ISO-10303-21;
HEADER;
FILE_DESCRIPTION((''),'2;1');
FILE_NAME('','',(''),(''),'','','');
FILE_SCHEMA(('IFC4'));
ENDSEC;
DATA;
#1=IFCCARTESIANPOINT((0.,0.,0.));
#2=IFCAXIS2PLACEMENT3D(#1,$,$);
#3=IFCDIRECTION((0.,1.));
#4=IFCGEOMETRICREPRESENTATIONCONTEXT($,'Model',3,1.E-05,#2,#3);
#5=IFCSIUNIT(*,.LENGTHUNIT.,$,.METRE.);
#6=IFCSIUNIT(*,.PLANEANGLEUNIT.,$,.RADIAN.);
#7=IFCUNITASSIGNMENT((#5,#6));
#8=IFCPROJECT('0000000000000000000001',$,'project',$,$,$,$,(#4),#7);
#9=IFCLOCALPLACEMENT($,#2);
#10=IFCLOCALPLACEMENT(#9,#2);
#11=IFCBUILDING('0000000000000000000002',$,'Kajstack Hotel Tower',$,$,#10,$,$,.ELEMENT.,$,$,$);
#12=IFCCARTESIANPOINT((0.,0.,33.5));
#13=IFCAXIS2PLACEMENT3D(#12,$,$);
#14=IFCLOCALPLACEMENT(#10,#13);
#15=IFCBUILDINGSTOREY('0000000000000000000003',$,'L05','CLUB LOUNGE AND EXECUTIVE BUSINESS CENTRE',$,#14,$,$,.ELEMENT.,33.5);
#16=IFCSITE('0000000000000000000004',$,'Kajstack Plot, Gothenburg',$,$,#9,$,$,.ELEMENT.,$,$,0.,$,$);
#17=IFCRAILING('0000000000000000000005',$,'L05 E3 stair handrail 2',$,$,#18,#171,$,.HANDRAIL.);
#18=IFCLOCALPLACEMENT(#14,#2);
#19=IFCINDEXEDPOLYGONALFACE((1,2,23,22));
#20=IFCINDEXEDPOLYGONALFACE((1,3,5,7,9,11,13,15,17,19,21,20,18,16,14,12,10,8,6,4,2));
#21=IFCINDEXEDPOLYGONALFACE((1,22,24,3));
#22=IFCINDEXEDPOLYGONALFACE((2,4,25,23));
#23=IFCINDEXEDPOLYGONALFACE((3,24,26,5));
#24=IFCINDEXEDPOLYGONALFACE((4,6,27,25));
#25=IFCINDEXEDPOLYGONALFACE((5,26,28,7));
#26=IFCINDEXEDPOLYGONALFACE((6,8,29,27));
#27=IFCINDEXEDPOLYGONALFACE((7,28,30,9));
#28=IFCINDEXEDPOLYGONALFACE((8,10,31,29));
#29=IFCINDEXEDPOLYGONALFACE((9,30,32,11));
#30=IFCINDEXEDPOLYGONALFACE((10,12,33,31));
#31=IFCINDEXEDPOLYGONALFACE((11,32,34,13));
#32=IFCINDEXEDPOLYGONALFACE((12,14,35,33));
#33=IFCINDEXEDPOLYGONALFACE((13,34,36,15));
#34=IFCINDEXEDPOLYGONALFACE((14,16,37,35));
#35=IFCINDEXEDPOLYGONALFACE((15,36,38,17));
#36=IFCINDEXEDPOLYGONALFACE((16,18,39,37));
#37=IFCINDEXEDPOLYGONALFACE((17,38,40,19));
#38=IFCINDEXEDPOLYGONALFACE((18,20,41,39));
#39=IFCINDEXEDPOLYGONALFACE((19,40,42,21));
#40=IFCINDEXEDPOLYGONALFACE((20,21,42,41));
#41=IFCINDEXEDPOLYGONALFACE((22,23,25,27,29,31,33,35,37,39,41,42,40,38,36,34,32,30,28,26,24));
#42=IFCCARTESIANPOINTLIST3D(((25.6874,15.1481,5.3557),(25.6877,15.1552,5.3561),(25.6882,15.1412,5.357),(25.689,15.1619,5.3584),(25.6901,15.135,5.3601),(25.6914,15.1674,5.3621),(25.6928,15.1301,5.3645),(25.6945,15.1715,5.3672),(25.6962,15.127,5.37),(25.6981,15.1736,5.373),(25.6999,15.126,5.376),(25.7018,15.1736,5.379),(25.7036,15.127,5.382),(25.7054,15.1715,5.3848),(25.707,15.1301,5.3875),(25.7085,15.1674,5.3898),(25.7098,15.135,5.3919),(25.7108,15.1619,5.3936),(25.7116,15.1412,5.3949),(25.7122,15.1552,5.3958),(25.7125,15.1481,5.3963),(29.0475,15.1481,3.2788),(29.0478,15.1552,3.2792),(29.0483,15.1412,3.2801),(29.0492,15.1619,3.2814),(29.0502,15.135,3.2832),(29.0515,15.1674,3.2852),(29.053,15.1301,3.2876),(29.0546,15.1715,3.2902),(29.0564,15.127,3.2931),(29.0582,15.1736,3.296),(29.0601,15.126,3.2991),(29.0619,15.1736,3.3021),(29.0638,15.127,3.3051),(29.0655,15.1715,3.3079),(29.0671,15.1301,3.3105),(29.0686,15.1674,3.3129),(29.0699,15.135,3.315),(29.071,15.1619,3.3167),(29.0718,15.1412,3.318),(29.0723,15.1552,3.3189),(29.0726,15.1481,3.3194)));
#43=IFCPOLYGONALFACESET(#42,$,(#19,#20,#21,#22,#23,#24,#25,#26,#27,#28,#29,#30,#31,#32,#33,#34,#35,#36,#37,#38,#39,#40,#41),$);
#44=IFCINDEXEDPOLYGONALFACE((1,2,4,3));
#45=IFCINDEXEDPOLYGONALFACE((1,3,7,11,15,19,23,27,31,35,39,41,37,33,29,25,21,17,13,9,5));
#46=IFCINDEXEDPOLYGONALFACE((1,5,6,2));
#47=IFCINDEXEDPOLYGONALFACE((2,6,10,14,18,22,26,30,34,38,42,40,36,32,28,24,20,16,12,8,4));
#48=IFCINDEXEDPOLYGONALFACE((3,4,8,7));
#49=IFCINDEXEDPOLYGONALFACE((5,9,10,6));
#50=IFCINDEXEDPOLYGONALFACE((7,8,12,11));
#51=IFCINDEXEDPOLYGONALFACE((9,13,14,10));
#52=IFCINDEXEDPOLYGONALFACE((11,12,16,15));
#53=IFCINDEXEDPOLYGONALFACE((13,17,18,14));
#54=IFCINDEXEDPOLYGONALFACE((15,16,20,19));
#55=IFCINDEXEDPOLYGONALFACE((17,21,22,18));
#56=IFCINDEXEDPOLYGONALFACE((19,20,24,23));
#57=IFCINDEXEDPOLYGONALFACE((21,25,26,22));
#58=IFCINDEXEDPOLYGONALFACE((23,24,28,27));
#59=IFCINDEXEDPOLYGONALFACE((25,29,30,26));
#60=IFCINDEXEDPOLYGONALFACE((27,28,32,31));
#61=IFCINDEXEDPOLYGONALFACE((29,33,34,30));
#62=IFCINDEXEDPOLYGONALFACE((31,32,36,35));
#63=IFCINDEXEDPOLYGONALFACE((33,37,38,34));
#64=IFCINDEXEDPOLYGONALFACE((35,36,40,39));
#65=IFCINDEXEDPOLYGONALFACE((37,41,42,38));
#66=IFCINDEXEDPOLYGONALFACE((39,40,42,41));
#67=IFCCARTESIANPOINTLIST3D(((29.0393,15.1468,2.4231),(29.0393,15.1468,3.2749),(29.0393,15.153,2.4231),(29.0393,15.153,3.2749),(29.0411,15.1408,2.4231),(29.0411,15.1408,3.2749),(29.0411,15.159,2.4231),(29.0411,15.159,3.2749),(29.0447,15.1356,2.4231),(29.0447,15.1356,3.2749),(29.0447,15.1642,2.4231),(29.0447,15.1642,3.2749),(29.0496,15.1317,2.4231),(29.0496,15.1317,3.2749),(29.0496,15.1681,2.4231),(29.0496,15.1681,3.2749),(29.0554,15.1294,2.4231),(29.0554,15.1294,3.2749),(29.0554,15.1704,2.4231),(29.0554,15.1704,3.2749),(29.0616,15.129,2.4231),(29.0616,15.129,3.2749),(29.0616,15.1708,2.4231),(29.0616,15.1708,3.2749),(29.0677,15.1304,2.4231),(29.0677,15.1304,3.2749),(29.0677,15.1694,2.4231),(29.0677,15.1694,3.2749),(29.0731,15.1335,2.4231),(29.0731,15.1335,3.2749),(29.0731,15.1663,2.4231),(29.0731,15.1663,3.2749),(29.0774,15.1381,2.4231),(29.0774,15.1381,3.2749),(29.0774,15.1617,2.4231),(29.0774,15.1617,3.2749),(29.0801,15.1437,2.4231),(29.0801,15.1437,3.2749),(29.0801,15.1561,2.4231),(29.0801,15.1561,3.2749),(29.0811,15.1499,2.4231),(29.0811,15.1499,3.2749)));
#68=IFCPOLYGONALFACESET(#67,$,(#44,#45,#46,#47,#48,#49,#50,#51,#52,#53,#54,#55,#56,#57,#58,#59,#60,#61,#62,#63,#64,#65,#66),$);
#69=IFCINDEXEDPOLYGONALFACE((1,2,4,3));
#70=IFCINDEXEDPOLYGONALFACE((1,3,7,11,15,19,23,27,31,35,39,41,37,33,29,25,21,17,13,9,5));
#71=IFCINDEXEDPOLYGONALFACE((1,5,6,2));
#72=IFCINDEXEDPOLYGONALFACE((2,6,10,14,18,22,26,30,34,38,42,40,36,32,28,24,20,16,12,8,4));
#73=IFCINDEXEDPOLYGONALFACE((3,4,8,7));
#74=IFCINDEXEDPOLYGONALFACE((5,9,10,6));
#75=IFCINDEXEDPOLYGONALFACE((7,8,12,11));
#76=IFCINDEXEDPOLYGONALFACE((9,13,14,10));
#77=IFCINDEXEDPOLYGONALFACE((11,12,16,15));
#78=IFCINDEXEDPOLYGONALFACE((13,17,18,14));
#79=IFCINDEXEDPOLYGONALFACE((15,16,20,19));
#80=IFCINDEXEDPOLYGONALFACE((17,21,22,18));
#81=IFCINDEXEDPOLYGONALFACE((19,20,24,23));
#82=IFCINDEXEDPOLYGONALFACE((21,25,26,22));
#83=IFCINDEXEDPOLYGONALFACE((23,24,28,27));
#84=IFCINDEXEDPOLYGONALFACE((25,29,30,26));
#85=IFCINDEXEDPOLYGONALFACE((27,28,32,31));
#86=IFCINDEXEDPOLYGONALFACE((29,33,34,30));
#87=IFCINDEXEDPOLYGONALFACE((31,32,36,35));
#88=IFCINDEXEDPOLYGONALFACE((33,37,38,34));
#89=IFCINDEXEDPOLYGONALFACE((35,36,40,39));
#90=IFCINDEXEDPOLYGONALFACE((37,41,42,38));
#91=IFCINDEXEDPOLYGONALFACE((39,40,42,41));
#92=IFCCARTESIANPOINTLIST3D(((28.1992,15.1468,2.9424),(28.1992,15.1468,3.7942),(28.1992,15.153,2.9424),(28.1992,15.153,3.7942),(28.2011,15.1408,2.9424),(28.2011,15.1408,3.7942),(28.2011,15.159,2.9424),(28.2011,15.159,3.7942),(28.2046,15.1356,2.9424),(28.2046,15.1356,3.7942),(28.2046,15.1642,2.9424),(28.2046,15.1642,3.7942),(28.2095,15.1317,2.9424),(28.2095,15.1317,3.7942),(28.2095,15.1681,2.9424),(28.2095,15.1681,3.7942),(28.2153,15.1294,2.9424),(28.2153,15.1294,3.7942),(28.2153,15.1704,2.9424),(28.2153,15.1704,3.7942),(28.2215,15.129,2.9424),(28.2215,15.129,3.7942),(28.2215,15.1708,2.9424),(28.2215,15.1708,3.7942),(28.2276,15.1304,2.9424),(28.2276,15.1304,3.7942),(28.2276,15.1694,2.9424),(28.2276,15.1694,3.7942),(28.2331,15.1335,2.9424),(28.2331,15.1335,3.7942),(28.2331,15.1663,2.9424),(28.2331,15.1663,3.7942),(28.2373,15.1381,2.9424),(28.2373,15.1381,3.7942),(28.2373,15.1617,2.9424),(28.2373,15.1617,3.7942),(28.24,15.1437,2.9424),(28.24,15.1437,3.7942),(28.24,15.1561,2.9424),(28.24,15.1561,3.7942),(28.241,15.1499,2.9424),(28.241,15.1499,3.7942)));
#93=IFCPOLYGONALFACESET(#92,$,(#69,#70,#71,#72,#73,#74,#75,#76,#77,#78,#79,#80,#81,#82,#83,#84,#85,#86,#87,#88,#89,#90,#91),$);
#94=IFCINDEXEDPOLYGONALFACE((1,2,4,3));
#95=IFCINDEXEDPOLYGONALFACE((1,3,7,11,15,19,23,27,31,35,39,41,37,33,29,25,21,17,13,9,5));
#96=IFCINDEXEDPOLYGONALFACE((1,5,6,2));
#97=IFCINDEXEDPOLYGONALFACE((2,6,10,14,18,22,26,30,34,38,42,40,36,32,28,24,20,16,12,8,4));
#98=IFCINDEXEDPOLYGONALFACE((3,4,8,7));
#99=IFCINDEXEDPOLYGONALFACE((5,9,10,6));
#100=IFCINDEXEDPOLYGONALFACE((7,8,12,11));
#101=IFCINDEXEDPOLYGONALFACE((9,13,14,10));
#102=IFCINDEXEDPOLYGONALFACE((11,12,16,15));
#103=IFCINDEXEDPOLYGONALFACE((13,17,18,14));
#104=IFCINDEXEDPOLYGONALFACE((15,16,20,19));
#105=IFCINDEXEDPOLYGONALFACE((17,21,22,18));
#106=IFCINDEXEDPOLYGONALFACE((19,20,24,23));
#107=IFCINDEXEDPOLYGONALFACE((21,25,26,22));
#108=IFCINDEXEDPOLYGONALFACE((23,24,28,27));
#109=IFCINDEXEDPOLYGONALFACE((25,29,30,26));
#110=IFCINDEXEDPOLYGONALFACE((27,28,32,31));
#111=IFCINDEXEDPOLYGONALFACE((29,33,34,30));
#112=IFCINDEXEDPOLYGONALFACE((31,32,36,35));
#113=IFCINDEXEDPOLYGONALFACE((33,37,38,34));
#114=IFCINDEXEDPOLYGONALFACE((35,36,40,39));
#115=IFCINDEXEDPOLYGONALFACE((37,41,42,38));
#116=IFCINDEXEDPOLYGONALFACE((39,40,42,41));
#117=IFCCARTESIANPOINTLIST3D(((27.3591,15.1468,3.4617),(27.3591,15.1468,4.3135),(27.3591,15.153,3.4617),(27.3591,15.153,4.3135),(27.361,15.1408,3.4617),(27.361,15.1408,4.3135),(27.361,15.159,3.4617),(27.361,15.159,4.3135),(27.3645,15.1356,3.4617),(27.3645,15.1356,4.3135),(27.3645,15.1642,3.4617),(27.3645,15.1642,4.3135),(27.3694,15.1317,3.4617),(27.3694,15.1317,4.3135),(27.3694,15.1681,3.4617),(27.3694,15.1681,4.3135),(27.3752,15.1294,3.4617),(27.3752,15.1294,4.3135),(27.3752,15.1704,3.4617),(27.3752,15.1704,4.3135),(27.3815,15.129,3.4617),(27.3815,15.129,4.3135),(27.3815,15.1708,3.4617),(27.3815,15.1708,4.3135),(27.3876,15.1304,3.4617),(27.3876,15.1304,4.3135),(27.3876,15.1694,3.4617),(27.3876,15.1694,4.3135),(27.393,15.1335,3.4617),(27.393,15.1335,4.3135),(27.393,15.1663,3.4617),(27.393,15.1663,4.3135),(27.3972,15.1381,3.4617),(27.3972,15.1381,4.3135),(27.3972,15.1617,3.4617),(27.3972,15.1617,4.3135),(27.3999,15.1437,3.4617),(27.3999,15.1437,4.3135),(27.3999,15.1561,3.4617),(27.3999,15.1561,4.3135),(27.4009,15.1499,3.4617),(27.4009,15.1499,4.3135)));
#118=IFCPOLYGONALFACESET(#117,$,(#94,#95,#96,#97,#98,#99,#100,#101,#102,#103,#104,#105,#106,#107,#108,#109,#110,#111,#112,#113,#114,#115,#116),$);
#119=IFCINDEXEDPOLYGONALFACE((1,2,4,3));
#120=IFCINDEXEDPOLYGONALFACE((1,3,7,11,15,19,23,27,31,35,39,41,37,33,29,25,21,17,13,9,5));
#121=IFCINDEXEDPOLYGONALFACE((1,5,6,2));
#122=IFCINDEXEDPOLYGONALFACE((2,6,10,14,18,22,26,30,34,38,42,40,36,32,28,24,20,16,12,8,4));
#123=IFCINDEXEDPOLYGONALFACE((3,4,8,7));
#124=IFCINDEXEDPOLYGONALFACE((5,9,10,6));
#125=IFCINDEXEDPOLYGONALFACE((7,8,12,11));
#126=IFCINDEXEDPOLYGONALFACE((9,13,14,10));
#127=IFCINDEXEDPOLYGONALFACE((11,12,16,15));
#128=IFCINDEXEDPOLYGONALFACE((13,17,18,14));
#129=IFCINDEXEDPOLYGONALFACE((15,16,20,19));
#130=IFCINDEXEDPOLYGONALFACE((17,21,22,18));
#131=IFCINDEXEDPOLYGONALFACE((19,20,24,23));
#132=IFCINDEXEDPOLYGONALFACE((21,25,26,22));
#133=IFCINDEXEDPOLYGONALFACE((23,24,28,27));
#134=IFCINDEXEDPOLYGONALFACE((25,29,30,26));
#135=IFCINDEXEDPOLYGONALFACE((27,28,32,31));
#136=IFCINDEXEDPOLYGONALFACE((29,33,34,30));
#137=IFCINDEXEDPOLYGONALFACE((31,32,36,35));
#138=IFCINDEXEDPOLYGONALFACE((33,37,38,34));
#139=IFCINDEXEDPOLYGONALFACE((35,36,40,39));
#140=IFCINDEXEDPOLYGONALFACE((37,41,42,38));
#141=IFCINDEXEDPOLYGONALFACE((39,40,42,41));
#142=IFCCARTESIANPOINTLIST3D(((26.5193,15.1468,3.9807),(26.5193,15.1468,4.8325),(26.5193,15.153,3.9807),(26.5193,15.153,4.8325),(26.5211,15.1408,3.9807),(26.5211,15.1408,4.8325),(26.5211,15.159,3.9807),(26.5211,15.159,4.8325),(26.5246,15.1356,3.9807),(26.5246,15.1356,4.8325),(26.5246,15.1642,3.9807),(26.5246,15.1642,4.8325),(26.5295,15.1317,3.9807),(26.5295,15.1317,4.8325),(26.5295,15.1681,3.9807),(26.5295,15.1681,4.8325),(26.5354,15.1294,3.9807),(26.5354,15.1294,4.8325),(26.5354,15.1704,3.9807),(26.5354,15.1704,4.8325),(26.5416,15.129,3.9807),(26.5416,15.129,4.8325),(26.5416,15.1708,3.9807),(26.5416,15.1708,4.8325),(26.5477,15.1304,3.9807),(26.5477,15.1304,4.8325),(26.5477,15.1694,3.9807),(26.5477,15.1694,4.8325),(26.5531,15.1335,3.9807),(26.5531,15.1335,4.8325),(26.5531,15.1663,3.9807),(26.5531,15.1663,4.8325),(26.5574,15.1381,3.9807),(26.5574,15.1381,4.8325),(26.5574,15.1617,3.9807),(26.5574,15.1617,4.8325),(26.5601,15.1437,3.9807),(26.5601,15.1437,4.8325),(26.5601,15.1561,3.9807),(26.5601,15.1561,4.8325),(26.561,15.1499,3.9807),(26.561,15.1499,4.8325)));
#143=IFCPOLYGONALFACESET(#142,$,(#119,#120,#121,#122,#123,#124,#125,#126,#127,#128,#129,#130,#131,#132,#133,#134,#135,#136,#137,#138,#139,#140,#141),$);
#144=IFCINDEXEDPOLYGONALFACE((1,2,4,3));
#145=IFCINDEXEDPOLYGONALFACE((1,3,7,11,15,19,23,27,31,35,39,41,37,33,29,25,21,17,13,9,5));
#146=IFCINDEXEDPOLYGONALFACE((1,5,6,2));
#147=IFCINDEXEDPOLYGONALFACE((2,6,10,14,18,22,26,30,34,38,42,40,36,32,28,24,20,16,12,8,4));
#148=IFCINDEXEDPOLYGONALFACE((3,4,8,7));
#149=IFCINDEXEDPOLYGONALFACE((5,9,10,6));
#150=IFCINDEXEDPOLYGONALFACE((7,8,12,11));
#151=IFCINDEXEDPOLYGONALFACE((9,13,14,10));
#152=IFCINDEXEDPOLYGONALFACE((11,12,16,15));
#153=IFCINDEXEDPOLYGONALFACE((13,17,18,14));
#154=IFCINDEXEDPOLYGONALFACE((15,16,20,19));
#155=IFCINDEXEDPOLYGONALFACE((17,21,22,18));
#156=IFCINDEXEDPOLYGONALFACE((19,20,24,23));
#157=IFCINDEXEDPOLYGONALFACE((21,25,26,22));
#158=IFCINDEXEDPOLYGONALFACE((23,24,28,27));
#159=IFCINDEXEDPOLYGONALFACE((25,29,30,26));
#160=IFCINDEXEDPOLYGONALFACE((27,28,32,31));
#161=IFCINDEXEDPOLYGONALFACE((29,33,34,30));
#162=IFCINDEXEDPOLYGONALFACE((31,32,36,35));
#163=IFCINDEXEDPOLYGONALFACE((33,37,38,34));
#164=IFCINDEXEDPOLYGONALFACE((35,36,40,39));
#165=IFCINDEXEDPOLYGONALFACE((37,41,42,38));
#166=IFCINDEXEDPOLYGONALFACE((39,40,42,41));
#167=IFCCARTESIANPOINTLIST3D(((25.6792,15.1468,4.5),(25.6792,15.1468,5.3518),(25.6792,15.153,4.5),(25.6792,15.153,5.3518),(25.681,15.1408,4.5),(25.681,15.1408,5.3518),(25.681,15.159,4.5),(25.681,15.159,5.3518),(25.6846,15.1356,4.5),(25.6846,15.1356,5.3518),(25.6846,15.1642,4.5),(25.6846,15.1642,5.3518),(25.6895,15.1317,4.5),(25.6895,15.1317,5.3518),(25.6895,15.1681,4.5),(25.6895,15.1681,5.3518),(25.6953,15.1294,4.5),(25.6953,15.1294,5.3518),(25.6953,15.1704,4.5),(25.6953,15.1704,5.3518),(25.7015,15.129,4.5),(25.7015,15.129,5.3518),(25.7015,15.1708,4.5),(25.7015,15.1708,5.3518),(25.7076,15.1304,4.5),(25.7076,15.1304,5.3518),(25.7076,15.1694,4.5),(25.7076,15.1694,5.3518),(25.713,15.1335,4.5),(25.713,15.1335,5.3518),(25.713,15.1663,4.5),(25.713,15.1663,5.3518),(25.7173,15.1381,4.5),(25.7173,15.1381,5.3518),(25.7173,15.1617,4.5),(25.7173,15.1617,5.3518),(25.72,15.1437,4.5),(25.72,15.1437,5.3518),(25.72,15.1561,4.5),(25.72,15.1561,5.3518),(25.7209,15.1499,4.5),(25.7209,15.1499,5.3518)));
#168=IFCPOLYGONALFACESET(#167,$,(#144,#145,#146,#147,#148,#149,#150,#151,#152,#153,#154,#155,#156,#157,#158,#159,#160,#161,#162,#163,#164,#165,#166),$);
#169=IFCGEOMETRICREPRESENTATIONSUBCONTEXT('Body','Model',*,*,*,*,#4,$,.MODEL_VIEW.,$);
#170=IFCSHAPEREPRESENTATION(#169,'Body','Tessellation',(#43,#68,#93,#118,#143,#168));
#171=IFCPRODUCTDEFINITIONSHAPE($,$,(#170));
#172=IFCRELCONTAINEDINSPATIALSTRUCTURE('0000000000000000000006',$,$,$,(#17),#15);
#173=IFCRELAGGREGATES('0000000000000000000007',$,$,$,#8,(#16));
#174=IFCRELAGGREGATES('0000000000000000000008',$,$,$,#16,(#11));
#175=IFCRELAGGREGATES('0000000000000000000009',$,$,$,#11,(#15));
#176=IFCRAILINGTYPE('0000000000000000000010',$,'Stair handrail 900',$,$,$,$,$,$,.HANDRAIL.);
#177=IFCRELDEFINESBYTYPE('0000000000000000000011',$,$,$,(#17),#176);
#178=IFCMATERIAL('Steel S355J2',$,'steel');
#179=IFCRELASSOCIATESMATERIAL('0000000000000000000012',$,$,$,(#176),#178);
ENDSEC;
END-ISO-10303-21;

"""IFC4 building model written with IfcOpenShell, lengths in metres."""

from ifc_helpers import new_model, si_unit, direction, frame, origin, origin_2d, place, context, subcontext, project, spatial, circle, extrude, material, type_object, element, save


model = new_model("IFC4")

# Units and contexts
model_context = context("Model", 3, precision=1e-05, world=origin(), true_north=direction((0.0, 1.0)))
body_context = subcontext(model_context, "Body", "Model", "MODEL_VIEW")
ifc_project = project(units=[si_unit("LENGTHUNIT", "METRE"), si_unit("PLANEANGLEUNIT", "RADIAN")], contexts=[model_context])

# Site, building, storey
site_placement = place(None, origin())
site = spatial("IfcSite", under=ifc_project, at=site_placement, Name="Kajstack Plot, Gothenburg", CompositionType="ELEMENT", RefElevation=0.0)
building_placement = place(site_placement, origin())
building = spatial("IfcBuilding", under=site, at=building_placement, Name="Kajstack Hotel Tower", CompositionType="ELEMENT")
storey_placement = place(building_placement, frame((0.0, 0.0, 33.5)))
storey = spatial("IfcBuildingStorey", under=building, at=storey_placement, Name="L05", Description="CLUB LOUNGE AND EXECUTIVE BUSINESS CENTRE", CompositionType="ELEMENT", Elevation=33.5)

# Railing
ifc_material_1 = material(Name="Steel S355J2", Category="steel")
railing_type_1 = type_object("IfcRailingType", Name="Stair handrail 900", PredefinedType="HANDRAIL", material=ifc_material_1)
railing_1_placement = place(storey_placement, frame((29.0601, 15.1499, 2.4231)))
element("IfcRailing", 1, at=railing_1_placement, inside=storey, type_object=railing_type_1, Name="L05 E3 stair handrail 2", PredefinedType="HANDRAIL", context=body_context, shape_type="SweptSolid", body=[
    extrude(circle(Radius=0.0239, at=origin_2d()), frame((0.0, 0.0, 0.876), z_axis=(-0.850623, 0.0, 0.525776), x_axis=(0.0, -1.0, 0.0)), (0.0, 0.0, 1.0), 3.9502),
    extrude(circle(Radius=0.021, at=origin_2d()), origin(), (0.0, 0.0, 1.0), 0.8518),
    extrude(circle(Radius=0.021, at=origin_2d()), frame((-0.8401, 0.0, 0.5193)), (0.0, 0.0, 1.0), 0.8518),
    extrude(circle(Radius=0.021, at=origin_2d()), frame((-1.6802, 0.0, 1.0386)), (0.0, 0.0, 1.0), 0.8518),
    extrude(circle(Radius=0.021, at=origin_2d()), frame((-2.52, 0.0, 1.5576)), (0.0, 0.0, 1.0), 0.8518),
    extrude(circle(Radius=0.021, at=origin_2d()), frame((-3.3601, 0.0, 2.0769)), (0.0, 0.0, 1.0), 0.8518),
])

save(model, "model.ifc")
